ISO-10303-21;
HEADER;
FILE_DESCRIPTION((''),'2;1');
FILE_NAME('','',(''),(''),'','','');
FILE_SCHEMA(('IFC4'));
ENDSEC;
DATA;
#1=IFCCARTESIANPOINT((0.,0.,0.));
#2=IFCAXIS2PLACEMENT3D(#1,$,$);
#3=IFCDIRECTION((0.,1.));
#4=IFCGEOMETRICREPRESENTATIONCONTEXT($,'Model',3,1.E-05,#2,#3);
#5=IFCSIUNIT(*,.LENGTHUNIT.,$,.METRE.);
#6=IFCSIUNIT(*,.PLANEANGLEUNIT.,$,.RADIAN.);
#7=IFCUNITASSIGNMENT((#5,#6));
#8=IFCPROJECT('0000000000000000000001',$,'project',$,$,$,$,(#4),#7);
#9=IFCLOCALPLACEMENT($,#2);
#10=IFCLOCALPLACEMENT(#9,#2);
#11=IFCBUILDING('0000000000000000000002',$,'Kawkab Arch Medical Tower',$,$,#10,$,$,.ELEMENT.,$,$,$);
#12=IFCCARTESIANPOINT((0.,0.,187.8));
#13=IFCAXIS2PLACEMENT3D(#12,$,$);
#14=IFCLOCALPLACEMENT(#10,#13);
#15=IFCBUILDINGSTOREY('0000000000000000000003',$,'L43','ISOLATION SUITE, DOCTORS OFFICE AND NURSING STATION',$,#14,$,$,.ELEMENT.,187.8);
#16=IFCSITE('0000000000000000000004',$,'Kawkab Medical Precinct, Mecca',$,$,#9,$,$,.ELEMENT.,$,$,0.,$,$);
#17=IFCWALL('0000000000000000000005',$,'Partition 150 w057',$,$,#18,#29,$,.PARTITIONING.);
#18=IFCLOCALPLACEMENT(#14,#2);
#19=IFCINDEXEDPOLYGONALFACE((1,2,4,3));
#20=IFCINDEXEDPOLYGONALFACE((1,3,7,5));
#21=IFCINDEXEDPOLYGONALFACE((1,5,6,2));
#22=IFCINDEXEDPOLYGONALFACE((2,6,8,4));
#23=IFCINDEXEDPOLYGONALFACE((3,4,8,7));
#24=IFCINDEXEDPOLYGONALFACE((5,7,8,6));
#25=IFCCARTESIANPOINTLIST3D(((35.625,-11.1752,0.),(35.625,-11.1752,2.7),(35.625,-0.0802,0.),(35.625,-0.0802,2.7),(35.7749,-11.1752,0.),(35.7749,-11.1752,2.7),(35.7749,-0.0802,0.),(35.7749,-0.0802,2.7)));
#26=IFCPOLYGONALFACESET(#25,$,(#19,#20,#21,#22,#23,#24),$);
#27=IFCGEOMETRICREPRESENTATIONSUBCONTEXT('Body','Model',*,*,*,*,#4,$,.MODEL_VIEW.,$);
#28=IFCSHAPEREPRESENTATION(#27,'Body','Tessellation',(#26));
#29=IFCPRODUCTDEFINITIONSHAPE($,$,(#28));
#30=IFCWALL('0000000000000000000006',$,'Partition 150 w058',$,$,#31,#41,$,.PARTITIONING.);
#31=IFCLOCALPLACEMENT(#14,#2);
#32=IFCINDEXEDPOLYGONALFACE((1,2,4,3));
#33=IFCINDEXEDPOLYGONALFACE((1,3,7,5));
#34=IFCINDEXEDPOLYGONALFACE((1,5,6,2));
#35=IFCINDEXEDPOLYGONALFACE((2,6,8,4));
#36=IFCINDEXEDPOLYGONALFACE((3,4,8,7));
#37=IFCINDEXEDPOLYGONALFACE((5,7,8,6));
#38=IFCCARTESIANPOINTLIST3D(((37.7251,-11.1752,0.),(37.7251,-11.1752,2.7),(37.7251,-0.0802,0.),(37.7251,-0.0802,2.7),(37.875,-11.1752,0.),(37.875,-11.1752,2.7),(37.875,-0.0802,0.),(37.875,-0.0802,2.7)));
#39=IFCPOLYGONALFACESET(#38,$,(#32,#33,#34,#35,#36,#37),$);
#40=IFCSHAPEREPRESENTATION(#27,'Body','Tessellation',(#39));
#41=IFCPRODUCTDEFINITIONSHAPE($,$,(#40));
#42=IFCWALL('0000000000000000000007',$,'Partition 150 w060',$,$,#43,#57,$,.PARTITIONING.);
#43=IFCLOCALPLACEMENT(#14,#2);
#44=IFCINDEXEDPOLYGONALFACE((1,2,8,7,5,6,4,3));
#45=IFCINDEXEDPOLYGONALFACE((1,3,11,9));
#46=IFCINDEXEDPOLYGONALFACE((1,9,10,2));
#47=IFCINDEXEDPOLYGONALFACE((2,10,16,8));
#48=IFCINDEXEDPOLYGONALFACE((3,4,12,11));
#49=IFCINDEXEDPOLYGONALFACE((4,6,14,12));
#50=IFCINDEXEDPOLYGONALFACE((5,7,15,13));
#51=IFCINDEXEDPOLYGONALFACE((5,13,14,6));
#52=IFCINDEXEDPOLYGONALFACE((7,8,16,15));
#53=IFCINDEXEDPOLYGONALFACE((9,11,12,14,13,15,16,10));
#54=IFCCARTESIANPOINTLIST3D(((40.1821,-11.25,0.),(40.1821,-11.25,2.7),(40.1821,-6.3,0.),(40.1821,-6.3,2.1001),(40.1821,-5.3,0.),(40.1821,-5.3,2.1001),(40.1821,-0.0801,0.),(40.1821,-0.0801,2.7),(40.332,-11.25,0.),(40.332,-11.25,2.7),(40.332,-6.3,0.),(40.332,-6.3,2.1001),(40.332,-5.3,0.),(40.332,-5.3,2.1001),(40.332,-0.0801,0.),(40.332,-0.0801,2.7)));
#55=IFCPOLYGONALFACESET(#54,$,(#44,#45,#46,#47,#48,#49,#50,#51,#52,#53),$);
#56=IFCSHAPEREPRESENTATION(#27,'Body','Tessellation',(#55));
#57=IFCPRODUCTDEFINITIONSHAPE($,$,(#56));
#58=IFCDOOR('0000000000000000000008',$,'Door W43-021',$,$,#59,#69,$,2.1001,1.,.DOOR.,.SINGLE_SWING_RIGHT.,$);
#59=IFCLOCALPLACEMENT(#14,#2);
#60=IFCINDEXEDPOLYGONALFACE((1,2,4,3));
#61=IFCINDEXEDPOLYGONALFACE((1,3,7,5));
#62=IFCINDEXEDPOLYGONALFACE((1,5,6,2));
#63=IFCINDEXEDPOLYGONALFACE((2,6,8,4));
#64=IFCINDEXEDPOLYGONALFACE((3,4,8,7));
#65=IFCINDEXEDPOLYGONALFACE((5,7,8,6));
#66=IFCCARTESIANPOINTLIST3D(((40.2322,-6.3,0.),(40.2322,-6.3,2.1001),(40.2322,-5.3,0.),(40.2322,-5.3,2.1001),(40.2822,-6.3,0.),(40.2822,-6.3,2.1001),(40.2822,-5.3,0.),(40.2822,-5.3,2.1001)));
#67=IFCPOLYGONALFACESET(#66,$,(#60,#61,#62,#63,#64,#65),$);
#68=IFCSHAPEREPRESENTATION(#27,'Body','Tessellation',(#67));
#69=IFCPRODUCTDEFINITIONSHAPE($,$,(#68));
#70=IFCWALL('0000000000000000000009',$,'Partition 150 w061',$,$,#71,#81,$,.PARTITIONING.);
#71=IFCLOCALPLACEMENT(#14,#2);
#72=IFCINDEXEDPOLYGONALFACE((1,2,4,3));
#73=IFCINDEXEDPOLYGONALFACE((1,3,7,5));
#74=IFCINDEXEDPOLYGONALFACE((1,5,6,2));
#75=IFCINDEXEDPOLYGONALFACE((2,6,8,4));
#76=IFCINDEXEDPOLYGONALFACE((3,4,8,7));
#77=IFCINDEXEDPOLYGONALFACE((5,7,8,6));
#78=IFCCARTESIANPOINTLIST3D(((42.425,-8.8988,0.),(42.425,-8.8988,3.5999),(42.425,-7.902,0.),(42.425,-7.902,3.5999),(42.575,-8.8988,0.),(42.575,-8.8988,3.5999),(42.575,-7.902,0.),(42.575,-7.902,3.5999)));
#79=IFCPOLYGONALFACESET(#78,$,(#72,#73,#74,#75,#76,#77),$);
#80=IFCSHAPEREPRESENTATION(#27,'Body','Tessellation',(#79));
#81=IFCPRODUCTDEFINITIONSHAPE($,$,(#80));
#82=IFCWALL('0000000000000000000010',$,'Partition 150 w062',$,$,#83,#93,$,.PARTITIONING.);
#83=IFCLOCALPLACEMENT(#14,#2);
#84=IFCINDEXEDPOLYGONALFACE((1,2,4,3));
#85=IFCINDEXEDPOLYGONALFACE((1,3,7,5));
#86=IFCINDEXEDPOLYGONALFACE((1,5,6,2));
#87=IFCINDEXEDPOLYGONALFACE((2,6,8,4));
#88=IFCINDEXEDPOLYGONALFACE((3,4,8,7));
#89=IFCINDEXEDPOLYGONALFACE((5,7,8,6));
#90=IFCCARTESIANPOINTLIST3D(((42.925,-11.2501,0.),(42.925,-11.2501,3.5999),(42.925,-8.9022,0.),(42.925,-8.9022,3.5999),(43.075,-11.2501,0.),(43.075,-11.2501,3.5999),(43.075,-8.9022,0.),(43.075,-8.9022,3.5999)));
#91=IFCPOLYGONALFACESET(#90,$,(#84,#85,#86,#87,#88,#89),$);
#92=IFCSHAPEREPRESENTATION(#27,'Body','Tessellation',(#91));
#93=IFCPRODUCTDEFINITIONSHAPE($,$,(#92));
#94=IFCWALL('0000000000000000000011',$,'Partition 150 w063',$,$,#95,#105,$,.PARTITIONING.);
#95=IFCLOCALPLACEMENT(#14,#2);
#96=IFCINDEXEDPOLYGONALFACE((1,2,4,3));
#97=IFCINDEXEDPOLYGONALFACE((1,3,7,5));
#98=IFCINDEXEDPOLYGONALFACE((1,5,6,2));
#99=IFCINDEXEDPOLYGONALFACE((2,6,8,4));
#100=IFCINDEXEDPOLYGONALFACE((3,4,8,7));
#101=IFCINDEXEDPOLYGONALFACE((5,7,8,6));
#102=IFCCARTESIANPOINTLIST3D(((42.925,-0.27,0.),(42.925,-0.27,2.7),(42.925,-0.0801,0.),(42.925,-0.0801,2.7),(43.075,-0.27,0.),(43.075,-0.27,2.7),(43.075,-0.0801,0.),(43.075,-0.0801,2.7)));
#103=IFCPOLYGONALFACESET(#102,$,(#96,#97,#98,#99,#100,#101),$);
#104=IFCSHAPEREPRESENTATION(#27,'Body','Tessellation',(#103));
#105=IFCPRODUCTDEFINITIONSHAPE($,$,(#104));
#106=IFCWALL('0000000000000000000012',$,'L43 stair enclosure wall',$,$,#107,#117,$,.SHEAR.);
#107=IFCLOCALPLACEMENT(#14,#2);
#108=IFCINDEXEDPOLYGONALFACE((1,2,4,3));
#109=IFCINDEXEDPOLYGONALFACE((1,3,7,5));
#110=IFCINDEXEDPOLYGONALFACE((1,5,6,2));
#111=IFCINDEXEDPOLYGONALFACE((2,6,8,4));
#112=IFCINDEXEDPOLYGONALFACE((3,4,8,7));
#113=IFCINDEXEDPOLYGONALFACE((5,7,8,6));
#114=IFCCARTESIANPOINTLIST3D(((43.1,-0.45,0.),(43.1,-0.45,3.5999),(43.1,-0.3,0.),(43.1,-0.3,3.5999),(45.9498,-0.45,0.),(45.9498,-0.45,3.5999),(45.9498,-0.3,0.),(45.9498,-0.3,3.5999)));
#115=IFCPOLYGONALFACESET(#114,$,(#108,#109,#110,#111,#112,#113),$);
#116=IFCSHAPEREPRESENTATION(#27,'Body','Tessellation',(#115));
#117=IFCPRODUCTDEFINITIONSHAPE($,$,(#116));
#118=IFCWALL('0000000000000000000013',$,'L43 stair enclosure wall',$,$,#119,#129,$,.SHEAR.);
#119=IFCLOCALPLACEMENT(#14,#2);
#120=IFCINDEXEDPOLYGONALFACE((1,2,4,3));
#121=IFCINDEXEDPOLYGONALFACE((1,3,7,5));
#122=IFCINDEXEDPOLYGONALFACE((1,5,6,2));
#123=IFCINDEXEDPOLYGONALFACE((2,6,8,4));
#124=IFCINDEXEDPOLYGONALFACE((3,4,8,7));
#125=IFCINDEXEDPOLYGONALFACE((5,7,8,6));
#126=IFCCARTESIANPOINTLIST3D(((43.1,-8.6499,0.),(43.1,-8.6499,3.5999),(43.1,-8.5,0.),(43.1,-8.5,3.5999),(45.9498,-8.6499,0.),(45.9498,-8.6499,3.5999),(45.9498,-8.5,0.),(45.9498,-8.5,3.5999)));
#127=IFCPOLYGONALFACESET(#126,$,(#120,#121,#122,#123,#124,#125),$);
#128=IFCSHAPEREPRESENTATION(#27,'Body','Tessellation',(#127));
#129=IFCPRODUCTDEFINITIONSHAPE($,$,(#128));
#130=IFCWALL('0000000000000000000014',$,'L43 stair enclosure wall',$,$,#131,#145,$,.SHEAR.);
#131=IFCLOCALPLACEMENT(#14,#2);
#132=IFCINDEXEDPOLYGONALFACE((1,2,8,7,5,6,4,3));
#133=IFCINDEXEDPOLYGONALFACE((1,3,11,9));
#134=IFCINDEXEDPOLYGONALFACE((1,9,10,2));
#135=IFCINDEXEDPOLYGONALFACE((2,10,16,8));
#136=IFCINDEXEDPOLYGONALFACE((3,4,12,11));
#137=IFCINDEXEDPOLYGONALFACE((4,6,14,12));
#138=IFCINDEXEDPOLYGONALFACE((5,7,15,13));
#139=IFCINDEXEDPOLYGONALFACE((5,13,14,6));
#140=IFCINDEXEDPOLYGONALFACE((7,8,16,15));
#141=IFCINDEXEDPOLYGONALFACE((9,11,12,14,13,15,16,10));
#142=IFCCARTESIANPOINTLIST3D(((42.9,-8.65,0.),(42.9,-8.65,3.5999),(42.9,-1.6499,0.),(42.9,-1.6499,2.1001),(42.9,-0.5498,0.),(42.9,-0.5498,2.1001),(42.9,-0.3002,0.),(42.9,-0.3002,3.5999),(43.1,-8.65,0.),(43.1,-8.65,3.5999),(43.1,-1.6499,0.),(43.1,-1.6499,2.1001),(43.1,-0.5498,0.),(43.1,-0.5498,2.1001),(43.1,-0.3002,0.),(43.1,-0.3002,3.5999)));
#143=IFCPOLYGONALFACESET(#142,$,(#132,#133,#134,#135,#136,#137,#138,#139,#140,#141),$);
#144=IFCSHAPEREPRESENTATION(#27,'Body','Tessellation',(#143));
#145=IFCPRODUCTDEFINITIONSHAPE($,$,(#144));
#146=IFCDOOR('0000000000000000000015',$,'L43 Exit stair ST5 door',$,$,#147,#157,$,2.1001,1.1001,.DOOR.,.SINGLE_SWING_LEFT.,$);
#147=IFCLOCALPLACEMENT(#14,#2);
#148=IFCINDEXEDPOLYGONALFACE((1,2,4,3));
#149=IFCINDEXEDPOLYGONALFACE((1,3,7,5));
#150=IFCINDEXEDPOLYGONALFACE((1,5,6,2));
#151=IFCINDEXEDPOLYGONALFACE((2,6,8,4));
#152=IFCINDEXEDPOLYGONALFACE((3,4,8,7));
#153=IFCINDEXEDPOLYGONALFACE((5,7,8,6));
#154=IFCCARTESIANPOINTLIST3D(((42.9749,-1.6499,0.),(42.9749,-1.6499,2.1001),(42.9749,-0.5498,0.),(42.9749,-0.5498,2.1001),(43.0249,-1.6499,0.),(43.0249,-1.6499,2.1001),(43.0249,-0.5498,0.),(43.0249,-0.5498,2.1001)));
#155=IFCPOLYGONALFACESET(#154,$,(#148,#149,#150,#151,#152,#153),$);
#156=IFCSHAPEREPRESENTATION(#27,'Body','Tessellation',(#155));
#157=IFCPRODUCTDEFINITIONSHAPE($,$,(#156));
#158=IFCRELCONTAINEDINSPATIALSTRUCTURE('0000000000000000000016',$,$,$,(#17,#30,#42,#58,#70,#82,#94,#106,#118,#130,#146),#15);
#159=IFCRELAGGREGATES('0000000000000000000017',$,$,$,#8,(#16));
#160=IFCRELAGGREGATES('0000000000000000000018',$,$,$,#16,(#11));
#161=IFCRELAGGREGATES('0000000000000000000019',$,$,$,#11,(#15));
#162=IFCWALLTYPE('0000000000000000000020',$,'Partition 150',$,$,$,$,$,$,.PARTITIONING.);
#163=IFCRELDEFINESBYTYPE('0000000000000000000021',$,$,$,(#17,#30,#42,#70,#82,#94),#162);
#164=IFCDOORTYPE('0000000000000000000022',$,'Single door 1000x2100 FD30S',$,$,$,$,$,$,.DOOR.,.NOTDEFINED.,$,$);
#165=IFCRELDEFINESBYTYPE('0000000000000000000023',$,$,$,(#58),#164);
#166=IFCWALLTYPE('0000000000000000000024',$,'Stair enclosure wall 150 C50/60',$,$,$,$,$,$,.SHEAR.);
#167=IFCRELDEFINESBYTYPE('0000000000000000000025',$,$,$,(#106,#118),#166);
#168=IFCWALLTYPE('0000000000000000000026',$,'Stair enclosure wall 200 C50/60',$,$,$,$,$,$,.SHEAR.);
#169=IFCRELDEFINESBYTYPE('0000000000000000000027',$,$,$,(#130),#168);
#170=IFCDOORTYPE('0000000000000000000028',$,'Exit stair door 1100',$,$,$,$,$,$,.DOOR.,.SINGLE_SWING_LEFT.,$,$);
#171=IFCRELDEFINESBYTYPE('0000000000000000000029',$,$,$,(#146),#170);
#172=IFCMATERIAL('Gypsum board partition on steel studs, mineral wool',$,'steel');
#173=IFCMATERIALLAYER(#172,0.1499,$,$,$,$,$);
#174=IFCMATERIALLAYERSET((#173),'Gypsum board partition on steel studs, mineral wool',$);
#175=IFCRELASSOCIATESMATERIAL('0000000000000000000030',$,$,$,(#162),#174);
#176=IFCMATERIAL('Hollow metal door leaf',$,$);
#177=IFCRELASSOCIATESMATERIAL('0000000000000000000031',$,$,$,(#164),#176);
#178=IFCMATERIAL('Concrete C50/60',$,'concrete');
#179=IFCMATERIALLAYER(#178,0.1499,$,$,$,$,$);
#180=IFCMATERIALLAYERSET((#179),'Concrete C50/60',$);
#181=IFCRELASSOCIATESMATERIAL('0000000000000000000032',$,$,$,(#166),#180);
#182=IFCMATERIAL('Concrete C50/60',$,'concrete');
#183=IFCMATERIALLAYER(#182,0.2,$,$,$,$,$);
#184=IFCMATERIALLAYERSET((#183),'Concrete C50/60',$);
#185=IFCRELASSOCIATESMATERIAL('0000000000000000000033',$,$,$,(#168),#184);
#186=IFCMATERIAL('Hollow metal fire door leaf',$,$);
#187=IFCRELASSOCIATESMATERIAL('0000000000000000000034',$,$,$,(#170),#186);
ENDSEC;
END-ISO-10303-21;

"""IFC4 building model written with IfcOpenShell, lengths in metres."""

from ifc_helpers import new_model, si_unit, direction, frame, frame_2d, origin, place, context, subcontext, project, spatial, rectangle, extrude, material, layer, layer_set, type_object, element, fill, save


model = new_model("IFC4")

# Units and contexts
model_context = context("Model", 3, precision=1e-05, world=origin(), true_north=direction((0.0, 1.0)))
body_context = subcontext(model_context, "Body", "Model", "MODEL_VIEW")
ifc_project = project(units=[si_unit("LENGTHUNIT", "METRE"), si_unit("PLANEANGLEUNIT", "RADIAN")], contexts=[model_context])

# Site, building, storey
site_placement = place(None, origin())
site = spatial("IfcSite", under=ifc_project, at=site_placement, Name="Kawkab Medical Precinct, Mecca", CompositionType="ELEMENT", RefElevation=0.0)
building_placement = place(site_placement, origin())
building = spatial("IfcBuilding", under=site, at=building_placement, Name="Kawkab Arch Medical Tower", CompositionType="ELEMENT")
storey_placement = place(building_placement, frame((0.0, 0.0, 187.8)))
storey = spatial("IfcBuildingStorey", under=building, at=storey_placement, Name="L43", Description="ISOLATION SUITE, DOCTORS OFFICE AND NURSING STATION", CompositionType="ELEMENT", Elevation=187.8)

# Shared definitions
ifc_material_1 = material(Name="Gypsum board partition on steel studs, mineral wool", Category="steel")
ifc_layer_1 = layer(ifc_material_1, 0.1499)
ifc_layer_set_1 = layer_set([ifc_layer_1], Name="Gypsum board partition on steel studs, mineral wool")
wall_type_1 = type_object("IfcWallType", Name="Partition 150", PredefinedType="PARTITIONING", material=ifc_layer_set_1)
ifc_material_2 = material(Name="Hollow metal door leaf")
door_type_1 = type_object("IfcDoorType", Name="Single door 1000x2100 FD30S", OperationType="NOTDEFINED", PredefinedType="DOOR", material=ifc_material_2)

# Walls
for number, where, z_axis, x_axis, name in (
    (1, (35.7, -11.175, 0.0), (0.0, 0.0, 1.0), (0.0, 1.0, 0.0), "Partition 150 w057"),
    (2, (37.8, -11.175, 0.0), (0.0, 0.0, 1.0), (0.0, 1.0, 0.0), "Partition 150 w058"),
):
    element("IfcWall", number, at=place(storey_placement, frame(where, z_axis=z_axis, x_axis=x_axis)), inside=storey, type_object=wall_type_1, Name=name, PredefinedType="PARTITIONING", context=body_context, shape_type="SweptSolid", body=[
        extrude(rectangle(XDim=11.095, YDim=0.1499, at=frame_2d((5.5474, 0.0))), origin(), (0.0, 0.0, 1.0), 2.7),
    ])

# Wall, opening, door
wall_1_placement = place(storey_placement, frame((40.2571, -11.25, 0.0), z_axis=(0.0, 0.0, 1.0), x_axis=(0.0, 1.0, 0.0)))
wall_1 = element("IfcWall", 3, at=wall_1_placement, inside=storey, type_object=wall_type_1, Name="Partition 150 w060", PredefinedType="PARTITIONING", context=body_context, shape_type="SweptSolid", body=[
    extrude(rectangle(XDim=11.1699, YDim=0.1499, at=frame_2d((5.585, 0.0))), origin(), (0.0, 0.0, 1.0), 2.7),
])
opening_1_placement = place(wall_1_placement, frame((4.95, 0.0, 0.0)))
opening_1 = element("IfcOpeningElement", 4, at=opening_1_placement, cuts=wall_1, PredefinedType="OPENING", context=body_context, shape_type="SweptSolid", body=[
    extrude(rectangle(XDim=1.0, YDim=2.1001, at=frame_2d((0.5, 1.05))), frame((0.0, 0.085, 0.0), z_axis=(0.0, -1.0, 0.0), x_axis=(1.0, 0.0, 0.0)), (0.0, 0.0, 1.0), 0.1699),
])
door_1_placement = place(opening_1_placement, origin())
door_1 = element("IfcDoor", 5, at=door_1_placement, inside=storey, type_object=door_type_1, Name="Door W43-021", OperationType="SINGLE_SWING_RIGHT", OverallHeight=2.1001, OverallWidth=1.0, PredefinedType="DOOR", context=body_context, shape_type="SweptSolid", body=[
    extrude(rectangle(XDim=1.0, YDim=2.1001, at=frame_2d((0.5, 1.05))), frame((0.0, 0.0249, 0.0), z_axis=(0.0, -1.0, 0.0), x_axis=(1.0, 0.0, 0.0)), (0.0, 0.0, 1.0), 0.05),
])
fill(opening_1, door_1)

# Walls
wall_2_placement = place(storey_placement, frame((42.5, -8.8989, 0.0), z_axis=(0.0, 0.0, 1.0), x_axis=(0.0, 1.0, 0.0)))
element("IfcWall", 6, at=wall_2_placement, inside=storey, type_object=wall_type_1, Name="Partition 150 w061", PredefinedType="PARTITIONING", context=body_context, shape_type="SweptSolid", body=[
    extrude(rectangle(XDim=0.9968, YDim=0.1499, at=frame_2d((0.4985, 0.0))), origin(), (0.0, 0.0, 1.0), 3.5999),
])
wall_3_placement = place(storey_placement, frame((43.0, -11.25, 0.0), z_axis=(0.0, 0.0, 1.0), x_axis=(0.0, 1.0, 0.0)))
element("IfcWall", 7, at=wall_3_placement, inside=storey, type_object=wall_type_1, Name="Partition 150 w062", PredefinedType="PARTITIONING", context=body_context, shape_type="SweptSolid", body=[
    extrude(rectangle(XDim=2.3479, YDim=0.1499, at=frame_2d((1.1738, 0.0))), origin(), (0.0, 0.0, 1.0), 3.5999),
])
wall_4_placement = place(storey_placement, frame((43.0, -0.27, 0.0), z_axis=(0.0, 0.0, 1.0), x_axis=(0.0, 1.0, 0.0)))
element("IfcWall", 8, at=wall_4_placement, inside=storey, type_object=wall_type_1, Name="Partition 150 w063", PredefinedType="PARTITIONING", context=body_context, shape_type="SweptSolid", body=[
    extrude(rectangle(XDim=0.1899, YDim=0.1499, at=frame_2d((0.095, 0.0))), origin(), (0.0, 0.0, 1.0), 2.7),
])
ifc_material_3 = material(Name="Concrete C50/60", Category="concrete")
ifc_layer_2 = layer(ifc_material_3, 0.1499)
ifc_layer_set_2 = layer_set([ifc_layer_2], Name="Concrete C50/60")
wall_type_2 = type_object("IfcWallType", Name="Stair enclosure wall 150 C50/60", PredefinedType="SHEAR", material=ifc_layer_set_2)
for number, where, z_axis, x_axis, name in (
    (9, (43.1001, -0.375, 0.0), (0.0, 0.0, 1.0), (1.0, 0.0, 0.0), "L43 stair enclosure wall"),
    (10, (43.1001, -8.575, 0.0), (0.0, 0.0, 1.0), (1.0, 0.0, 0.0), "L43 stair enclosure wall"),
):
    element("IfcWall", number, at=place(storey_placement, frame(where, z_axis=z_axis, x_axis=x_axis)), inside=storey, type_object=wall_type_2, Name=name, PredefinedType="SHEAR", context=body_context, shape_type="SweptSolid", body=[
        extrude(rectangle(XDim=2.8499, YDim=0.1499, at=frame_2d((1.4248, 0.0))), origin(), (0.0, 0.0, 1.0), 3.5999),
    ])

# Wall, opening, door
ifc_material_4 = material(Name="Concrete C50/60", Category="concrete")
ifc_layer_3 = layer(ifc_material_4, 0.2)
ifc_layer_set_3 = layer_set([ifc_layer_3], Name="Concrete C50/60")
wall_type_3 = type_object("IfcWallType", Name="Stair enclosure wall 200 C50/60", PredefinedType="SHEAR", material=ifc_layer_set_3)
wall_5_placement = place(storey_placement, frame((43.0, -8.6499, 0.0), z_axis=(0.0, 0.0, 1.0), x_axis=(0.0, 1.0, 0.0)))
wall_5 = element("IfcWall", 11, at=wall_5_placement, inside=storey, type_object=wall_type_3, Name="L43 stair enclosure wall", PredefinedType="SHEAR", context=body_context, shape_type="SweptSolid", body=[
    extrude(rectangle(XDim=8.3499, YDim=0.2, at=frame_2d((4.1748, 0.0))), origin(), (0.0, 0.0, 1.0), 3.5999),
])
opening_2_placement = place(wall_5_placement, frame((7.0, 0.0, 0.0)))
opening_2 = element("IfcOpeningElement", 12, at=opening_2_placement, cuts=wall_5, PredefinedType="OPENING", context=body_context, shape_type="SweptSolid", body=[
    extrude(rectangle(XDim=1.1001, YDim=2.1001, at=frame_2d((0.55, 1.05))), frame((0.0, 0.1099, 0.0), z_axis=(0.0, -1.0, 0.0), x_axis=(1.0, 0.0, 0.0)), (0.0, 0.0, 1.0), 0.22),
])
ifc_material_5 = material(Name="Hollow metal fire door leaf")
door_type_2 = type_object("IfcDoorType", Name="Exit stair door 1100", OperationType="SINGLE_SWING_LEFT", PredefinedType="DOOR", material=ifc_material_5)
door_2_placement = place(opening_2_placement, frame((1.1001, 0.0, 0.0), z_axis=(0.0, 0.0, 1.0), x_axis=(-1.0, 0.0, 0.0)))
door_2 = element("IfcDoor", 13, at=door_2_placement, inside=storey, type_object=door_type_2, Name="L43 Exit stair ST5 door", OperationType="SINGLE_SWING_LEFT", OverallHeight=2.1001, OverallWidth=1.1001, PredefinedType="DOOR", context=body_context, shape_type="SweptSolid", body=[
    extrude(rectangle(XDim=1.1001, YDim=2.1001, at=frame_2d((0.55, 1.05))), frame((0.0, 0.0249, 0.0), z_axis=(0.0, -1.0, 0.0), x_axis=(1.0, 0.0, 0.0)), (0.0, 0.0, 1.0), 0.05),
])
fill(opening_2, door_2)

save(model, "model.ifc")
